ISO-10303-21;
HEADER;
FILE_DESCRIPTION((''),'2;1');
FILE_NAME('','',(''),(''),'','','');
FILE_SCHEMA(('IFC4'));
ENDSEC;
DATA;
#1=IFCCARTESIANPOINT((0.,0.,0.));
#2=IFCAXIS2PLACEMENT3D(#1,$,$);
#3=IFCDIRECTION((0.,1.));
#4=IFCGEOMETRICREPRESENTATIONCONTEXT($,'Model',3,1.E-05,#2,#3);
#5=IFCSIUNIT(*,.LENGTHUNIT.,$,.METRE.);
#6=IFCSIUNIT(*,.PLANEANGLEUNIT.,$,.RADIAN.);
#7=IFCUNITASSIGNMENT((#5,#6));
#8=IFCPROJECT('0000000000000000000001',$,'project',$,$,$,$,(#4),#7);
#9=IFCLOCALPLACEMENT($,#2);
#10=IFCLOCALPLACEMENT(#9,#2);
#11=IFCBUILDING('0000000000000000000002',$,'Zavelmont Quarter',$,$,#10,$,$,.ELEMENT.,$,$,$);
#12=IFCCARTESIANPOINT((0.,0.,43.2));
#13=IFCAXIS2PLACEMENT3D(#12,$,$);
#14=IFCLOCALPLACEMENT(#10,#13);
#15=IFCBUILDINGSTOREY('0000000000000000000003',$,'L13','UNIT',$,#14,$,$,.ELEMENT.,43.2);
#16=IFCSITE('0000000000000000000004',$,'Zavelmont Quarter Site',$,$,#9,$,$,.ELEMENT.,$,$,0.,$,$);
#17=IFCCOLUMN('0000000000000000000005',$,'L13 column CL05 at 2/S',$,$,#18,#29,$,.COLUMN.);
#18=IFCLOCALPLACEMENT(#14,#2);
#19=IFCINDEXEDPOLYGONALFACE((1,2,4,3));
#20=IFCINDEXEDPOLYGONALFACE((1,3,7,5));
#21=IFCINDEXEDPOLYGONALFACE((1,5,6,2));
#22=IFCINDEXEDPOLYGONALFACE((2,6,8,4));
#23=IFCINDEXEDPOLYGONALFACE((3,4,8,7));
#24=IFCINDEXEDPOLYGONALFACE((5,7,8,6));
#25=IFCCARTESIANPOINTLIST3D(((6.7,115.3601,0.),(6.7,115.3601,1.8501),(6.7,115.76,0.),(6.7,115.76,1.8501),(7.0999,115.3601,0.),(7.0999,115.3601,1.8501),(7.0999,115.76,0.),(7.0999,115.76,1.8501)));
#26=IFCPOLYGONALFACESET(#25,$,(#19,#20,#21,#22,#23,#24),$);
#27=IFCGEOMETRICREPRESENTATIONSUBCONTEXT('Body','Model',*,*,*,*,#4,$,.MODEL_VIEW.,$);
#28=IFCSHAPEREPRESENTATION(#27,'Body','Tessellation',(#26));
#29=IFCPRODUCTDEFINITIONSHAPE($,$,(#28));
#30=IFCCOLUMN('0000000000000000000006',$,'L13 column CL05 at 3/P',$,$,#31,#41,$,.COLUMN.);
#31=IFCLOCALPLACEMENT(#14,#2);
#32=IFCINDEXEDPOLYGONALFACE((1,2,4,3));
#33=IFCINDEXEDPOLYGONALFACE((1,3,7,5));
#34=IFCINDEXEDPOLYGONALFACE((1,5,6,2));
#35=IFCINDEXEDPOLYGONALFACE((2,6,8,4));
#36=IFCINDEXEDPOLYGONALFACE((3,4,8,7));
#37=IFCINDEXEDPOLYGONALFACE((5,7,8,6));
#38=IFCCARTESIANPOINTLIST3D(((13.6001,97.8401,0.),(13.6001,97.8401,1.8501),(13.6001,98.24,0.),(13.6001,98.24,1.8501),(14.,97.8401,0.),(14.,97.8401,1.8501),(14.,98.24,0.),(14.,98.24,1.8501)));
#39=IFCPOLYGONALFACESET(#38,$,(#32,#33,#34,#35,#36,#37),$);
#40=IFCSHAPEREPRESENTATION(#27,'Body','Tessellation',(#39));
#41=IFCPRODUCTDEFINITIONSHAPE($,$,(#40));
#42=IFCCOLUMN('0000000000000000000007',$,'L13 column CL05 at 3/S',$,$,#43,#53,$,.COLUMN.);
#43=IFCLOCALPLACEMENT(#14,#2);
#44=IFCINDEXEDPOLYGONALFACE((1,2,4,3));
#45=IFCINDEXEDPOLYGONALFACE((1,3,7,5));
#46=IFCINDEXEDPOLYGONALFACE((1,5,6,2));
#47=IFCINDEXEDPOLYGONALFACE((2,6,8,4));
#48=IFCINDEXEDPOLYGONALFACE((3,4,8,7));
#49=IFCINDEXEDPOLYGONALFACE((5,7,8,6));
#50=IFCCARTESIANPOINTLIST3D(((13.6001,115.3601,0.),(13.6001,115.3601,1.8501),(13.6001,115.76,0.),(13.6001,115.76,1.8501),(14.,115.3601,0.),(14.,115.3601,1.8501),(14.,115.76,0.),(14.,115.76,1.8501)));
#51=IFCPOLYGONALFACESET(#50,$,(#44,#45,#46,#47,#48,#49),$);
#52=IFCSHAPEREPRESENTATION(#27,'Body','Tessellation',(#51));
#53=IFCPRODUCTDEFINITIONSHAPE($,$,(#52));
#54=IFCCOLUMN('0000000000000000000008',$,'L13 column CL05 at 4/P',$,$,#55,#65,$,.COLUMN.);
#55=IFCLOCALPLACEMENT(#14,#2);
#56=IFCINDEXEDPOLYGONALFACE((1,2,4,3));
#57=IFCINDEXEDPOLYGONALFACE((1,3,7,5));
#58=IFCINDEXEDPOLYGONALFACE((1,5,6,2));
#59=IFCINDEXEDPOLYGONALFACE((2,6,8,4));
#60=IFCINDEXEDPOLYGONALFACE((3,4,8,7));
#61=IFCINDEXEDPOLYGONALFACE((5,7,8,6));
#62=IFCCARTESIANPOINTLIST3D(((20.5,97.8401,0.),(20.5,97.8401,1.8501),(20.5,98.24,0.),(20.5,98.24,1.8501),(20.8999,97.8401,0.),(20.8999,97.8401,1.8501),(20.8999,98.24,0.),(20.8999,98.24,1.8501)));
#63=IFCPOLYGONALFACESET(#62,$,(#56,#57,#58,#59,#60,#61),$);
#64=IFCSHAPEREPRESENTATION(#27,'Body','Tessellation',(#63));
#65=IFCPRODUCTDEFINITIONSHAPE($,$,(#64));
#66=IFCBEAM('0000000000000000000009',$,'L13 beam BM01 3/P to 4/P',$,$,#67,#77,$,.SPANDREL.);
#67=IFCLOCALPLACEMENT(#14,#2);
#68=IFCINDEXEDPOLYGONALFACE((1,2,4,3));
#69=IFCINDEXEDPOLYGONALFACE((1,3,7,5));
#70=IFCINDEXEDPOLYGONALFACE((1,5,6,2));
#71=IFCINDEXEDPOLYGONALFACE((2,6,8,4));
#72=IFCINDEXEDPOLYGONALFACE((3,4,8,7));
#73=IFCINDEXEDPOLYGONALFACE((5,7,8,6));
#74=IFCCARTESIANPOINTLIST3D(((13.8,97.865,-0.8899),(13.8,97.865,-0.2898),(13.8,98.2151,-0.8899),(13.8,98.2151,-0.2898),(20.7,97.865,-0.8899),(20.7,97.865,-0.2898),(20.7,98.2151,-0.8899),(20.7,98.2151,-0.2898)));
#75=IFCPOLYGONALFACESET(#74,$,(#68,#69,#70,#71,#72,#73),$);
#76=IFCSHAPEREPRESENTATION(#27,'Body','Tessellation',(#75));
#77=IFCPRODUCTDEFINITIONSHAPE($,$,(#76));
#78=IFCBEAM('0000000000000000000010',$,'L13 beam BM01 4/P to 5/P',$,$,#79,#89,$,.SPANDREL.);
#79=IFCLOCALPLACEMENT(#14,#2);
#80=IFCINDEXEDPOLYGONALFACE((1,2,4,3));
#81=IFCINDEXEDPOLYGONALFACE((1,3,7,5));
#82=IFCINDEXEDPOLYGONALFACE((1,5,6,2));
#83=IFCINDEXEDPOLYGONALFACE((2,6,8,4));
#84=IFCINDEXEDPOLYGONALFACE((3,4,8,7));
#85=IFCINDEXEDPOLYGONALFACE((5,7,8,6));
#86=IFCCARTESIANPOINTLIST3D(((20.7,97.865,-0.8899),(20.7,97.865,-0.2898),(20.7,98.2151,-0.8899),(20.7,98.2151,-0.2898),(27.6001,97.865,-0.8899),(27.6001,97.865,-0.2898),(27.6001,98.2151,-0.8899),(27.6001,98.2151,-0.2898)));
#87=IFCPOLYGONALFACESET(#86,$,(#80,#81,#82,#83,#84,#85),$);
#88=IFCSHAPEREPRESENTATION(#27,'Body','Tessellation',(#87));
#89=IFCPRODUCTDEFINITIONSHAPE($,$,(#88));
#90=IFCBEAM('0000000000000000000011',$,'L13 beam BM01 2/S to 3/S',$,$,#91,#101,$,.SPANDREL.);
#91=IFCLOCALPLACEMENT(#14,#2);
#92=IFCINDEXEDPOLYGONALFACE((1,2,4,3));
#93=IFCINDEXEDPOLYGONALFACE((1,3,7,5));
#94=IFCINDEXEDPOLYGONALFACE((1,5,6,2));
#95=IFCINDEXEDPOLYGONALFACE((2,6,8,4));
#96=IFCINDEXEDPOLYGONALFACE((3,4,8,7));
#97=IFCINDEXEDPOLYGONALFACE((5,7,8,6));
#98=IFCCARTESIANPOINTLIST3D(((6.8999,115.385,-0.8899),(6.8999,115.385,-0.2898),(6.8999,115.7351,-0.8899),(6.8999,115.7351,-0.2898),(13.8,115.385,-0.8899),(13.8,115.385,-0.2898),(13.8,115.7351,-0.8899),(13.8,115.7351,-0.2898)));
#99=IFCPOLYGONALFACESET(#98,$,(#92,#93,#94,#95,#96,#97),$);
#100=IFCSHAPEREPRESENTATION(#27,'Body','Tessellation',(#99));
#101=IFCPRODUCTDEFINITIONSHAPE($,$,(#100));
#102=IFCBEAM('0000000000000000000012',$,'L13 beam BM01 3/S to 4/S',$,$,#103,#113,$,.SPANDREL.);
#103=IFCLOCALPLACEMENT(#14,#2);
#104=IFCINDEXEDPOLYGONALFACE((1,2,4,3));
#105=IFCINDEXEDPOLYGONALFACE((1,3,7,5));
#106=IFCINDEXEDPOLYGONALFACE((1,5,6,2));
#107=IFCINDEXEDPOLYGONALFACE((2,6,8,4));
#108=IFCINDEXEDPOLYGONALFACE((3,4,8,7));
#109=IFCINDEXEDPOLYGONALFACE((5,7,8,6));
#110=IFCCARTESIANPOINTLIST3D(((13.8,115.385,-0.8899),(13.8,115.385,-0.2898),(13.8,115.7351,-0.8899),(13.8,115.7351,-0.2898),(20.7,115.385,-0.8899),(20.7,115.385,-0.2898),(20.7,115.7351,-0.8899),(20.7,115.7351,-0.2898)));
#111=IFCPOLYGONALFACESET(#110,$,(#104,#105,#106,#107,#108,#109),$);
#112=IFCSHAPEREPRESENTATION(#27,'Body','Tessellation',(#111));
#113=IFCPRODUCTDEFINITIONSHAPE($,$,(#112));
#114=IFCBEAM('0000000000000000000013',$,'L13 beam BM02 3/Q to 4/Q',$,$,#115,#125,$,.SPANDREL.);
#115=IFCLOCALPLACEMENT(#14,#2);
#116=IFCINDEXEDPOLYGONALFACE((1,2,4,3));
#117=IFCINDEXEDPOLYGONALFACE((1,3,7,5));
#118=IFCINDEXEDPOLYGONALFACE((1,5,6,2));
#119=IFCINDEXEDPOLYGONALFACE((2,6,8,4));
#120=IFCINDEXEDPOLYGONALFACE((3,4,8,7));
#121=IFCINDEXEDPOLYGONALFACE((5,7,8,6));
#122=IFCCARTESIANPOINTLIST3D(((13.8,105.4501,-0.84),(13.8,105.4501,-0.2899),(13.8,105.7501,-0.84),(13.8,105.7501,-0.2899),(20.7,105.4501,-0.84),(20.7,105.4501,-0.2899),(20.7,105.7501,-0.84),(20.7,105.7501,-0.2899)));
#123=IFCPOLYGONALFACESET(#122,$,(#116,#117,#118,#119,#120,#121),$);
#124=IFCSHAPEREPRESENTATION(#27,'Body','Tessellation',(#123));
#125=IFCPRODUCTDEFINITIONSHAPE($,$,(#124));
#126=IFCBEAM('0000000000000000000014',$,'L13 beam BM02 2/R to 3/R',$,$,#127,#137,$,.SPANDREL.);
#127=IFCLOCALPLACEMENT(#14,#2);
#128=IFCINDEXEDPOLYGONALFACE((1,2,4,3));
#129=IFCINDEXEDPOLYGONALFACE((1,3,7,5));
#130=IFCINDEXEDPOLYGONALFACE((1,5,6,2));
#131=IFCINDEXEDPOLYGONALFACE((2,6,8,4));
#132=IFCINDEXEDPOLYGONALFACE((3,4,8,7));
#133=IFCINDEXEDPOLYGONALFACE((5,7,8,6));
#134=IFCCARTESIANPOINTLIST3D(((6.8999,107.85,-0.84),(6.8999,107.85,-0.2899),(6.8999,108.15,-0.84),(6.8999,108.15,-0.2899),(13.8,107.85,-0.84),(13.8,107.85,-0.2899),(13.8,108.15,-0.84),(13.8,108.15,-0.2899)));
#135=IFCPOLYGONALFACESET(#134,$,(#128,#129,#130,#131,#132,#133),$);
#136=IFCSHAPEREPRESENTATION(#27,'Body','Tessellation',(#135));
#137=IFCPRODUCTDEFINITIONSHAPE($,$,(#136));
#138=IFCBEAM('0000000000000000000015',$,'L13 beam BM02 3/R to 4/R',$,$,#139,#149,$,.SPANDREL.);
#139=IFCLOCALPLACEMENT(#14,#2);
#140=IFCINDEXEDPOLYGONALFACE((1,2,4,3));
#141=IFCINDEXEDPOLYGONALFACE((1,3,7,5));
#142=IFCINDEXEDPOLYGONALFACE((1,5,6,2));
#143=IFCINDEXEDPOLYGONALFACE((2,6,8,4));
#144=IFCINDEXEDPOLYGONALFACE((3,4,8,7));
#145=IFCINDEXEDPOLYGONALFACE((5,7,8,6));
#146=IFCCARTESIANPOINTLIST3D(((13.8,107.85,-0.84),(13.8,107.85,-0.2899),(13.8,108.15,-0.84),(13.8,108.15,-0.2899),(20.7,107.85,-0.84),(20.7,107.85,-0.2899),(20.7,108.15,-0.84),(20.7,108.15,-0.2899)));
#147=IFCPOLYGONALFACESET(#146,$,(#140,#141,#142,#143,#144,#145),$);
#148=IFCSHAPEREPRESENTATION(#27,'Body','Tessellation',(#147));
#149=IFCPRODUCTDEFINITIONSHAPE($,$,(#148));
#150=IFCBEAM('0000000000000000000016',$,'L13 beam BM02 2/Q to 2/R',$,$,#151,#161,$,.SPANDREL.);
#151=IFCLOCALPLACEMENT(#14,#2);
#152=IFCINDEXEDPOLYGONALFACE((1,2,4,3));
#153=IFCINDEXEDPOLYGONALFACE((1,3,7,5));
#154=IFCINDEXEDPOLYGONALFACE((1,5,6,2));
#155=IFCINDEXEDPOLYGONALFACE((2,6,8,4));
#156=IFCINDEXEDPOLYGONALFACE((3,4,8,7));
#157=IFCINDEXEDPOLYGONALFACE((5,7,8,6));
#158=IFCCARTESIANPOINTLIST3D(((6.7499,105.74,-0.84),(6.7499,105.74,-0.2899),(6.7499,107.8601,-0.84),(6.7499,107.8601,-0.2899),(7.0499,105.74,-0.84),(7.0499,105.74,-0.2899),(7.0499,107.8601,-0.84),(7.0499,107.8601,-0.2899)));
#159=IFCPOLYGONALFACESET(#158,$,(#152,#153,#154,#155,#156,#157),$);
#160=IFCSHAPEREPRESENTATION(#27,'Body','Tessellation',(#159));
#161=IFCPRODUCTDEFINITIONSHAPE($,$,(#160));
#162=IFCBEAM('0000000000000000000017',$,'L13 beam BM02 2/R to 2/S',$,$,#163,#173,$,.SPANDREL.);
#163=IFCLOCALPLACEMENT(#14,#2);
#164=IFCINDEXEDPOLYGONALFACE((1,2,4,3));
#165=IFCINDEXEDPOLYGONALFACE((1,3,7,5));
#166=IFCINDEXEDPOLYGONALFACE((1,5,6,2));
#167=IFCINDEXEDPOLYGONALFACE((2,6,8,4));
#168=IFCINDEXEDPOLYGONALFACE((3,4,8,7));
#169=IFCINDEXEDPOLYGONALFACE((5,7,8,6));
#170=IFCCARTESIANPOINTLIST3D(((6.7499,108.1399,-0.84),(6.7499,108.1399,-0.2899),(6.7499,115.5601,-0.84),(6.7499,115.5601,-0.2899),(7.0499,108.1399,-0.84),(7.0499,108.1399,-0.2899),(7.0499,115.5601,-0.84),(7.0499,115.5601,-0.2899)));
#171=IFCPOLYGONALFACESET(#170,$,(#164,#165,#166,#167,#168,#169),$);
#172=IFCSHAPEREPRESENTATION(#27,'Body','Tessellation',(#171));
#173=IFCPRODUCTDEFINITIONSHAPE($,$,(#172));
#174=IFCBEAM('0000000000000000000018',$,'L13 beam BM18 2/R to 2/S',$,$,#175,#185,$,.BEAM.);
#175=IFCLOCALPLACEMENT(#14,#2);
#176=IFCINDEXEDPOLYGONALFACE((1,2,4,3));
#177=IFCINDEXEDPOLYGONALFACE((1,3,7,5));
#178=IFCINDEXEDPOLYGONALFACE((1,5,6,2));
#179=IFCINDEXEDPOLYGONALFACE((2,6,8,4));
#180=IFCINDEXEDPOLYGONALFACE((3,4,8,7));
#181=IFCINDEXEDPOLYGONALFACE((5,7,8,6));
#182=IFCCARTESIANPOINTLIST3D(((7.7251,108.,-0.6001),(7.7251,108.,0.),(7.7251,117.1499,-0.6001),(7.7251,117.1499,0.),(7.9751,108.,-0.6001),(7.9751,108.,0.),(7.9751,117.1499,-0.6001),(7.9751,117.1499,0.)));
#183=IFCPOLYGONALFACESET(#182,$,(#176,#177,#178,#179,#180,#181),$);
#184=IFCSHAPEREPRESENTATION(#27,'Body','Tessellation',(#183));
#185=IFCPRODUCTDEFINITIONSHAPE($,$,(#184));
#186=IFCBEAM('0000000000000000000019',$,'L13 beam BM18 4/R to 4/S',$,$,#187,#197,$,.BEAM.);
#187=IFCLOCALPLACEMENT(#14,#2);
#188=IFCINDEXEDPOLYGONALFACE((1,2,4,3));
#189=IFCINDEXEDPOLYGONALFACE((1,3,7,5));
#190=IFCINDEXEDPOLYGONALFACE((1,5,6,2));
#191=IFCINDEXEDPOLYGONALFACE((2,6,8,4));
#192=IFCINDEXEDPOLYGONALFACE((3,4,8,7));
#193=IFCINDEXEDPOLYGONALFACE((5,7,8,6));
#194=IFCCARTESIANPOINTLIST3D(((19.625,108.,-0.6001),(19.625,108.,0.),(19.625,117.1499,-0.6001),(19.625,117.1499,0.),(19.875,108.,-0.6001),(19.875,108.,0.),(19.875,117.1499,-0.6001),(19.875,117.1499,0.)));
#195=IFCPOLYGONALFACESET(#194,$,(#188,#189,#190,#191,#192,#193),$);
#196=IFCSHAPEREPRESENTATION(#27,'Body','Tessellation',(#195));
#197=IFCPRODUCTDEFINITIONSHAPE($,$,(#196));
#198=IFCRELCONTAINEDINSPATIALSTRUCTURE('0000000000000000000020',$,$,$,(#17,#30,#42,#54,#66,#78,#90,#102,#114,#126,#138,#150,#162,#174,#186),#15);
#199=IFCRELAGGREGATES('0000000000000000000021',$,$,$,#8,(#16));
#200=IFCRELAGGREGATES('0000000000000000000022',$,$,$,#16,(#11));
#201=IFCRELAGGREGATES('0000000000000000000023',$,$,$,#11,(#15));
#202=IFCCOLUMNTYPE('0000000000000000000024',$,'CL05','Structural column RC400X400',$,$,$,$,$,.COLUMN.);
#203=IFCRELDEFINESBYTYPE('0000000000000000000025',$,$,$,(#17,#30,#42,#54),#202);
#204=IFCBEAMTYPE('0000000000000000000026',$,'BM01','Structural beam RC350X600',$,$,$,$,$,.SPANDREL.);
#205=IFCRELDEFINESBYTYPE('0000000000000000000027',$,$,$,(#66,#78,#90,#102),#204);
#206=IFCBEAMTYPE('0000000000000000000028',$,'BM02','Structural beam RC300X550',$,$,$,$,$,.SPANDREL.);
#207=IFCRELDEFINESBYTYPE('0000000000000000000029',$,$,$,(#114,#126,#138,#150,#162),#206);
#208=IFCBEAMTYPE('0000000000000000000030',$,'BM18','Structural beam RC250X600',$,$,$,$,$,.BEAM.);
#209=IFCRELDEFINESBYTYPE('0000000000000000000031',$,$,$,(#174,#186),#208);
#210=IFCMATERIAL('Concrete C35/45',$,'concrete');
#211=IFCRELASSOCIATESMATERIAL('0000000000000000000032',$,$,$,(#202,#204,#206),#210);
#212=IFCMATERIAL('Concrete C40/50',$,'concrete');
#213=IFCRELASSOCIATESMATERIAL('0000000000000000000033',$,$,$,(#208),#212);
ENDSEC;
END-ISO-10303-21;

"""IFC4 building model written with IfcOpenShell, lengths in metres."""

from ifc_helpers import new_model, si_unit, direction, frame, origin, origin_2d, place, context, subcontext, project, spatial, rectangle, extrude, material, material_profile, profile_set, type_object, element, save


model = new_model("IFC4")

# Units and contexts
model_context = context("Model", 3, precision=1e-05, world=origin(), true_north=direction((0.0, 1.0)))
body_context = subcontext(model_context, "Body", "Model", "MODEL_VIEW")
ifc_project = project(units=[si_unit("LENGTHUNIT", "METRE"), si_unit("PLANEANGLEUNIT", "RADIAN")], contexts=[model_context])

# Site, building, storey
site_placement = place(None, origin())
site = spatial("IfcSite", under=ifc_project, at=site_placement, Name="Zavelmont Quarter Site", CompositionType="ELEMENT", RefElevation=0.0)
building_placement = place(site_placement, origin())
building = spatial("IfcBuilding", under=site, at=building_placement, Name="Zavelmont Quarter", CompositionType="ELEMENT")
storey_placement = place(building_placement, frame((0.0, 0.0, 43.2)))
storey = spatial("IfcBuildingStorey", under=building, at=storey_placement, Name="L13", Description="UNIT", CompositionType="ELEMENT", Elevation=43.2)

# Columns
ifc_material_1 = material(Name="Concrete C35/45", Category="concrete")
ifc_material_profile_1 = material_profile(ifc_material_1, rectangle(XDim=0.3999, YDim=0.3999, at=origin_2d()), Name="RC400X400")
ifc_profile_set_1 = profile_set([ifc_material_profile_1], Name="Concrete C35/45")
column_type = type_object("IfcColumnType", Name="CL05", Description="Structural column RC400X400", PredefinedType="COLUMN", material=ifc_profile_set_1)
for number, where, z_axis, x_axis, name in (
    (1, (6.8999, 115.5601, 0.0), (0.0, 0.0, 1.0), (1.0, 0.0, 0.0), "L13 column CL05 at 2/S"),
    (2, (13.8, 98.04, 0.0), (0.0, 0.0, 1.0), (1.0, 0.0, 0.0), "L13 column CL05 at 3/P"),
    (3, (13.8, 115.5601, 0.0), (0.0, 0.0, 1.0), (1.0, 0.0, 0.0), "L13 column CL05 at 3/S"),
    (4, (20.7, 98.04, 0.0), (0.0, 0.0, 1.0), (1.0, 0.0, 0.0), "L13 column CL05 at 4/P"),
):
    element("IfcColumn", number, at=place(storey_placement, frame(where, z_axis=z_axis, x_axis=x_axis)), inside=storey, type_object=column_type, Name=name, PredefinedType="COLUMN", context=body_context, shape_type="SweptSolid", body=[
        extrude(rectangle(XDim=0.3999, YDim=0.3999, at=origin_2d()), origin(), (0.0, 0.0, 1.0), 1.8501),
    ])

# Beams
ifc_material_profile_2 = material_profile(ifc_material_1, rectangle(XDim=0.3501, YDim=0.6001, at=origin_2d()), Name="RC350X600")
ifc_profile_set_2 = profile_set([ifc_material_profile_2], Name="Concrete C35/45")
beam_type_1 = type_object("IfcBeamType", Name="BM01", Description="Structural beam RC350X600", PredefinedType="SPANDREL", material=ifc_profile_set_2)
beam_1_placement = place(storey_placement, frame((13.8, 98.04, -0.5898), z_axis=(1.0, 0.0, 0.0), x_axis=(0.0, 1.0, 0.0)))
element("IfcBeam", 5, at=beam_1_placement, inside=storey, type_object=beam_type_1, Name="L13 beam BM01 3/P to 4/P", PredefinedType="SPANDREL", context=body_context, shape_type="SweptSolid", body=[
    extrude(rectangle(XDim=0.3501, YDim=0.6001, at=origin_2d()), origin(), (0.0, 0.0, 1.0), 6.8999),
])
for number, where, z_axis, x_axis, name in (
    (6, (20.7, 98.04, -0.5898), (1.0, 0.0, 0.0), (0.0, 1.0, 0.0), "L13 beam BM01 4/P to 5/P"),
    (7, (6.8999, 115.5601, -0.5898), (1.0, 0.0, 0.0), (0.0, 1.0, 0.0), "L13 beam BM01 2/S to 3/S"),
):
    element("IfcBeam", number, at=place(storey_placement, frame(where, z_axis=z_axis, x_axis=x_axis)), inside=storey, type_object=beam_type_1, Name=name, PredefinedType="SPANDREL", context=body_context, shape_type="SweptSolid", body=[
        extrude(rectangle(XDim=0.3501, YDim=0.6001, at=origin_2d()), origin(), (0.0, 0.0, 1.0), 6.9001),
    ])
beam_2_placement = place(storey_placement, frame((13.8, 115.5601, -0.5898), z_axis=(1.0, 0.0, 0.0), x_axis=(0.0, 1.0, 0.0)))
element("IfcBeam", 8, at=beam_2_placement, inside=storey, type_object=beam_type_1, Name="L13 beam BM01 3/S to 4/S", PredefinedType="SPANDREL", context=body_context, shape_type="SweptSolid", body=[
    extrude(rectangle(XDim=0.3501, YDim=0.6001, at=origin_2d()), origin(), (0.0, 0.0, 1.0), 6.8999),
])
ifc_material_profile_3 = material_profile(ifc_material_1, rectangle(XDim=0.3, YDim=0.55, at=origin_2d()), Name="RC300X550")
ifc_profile_set_3 = profile_set([ifc_material_profile_3], Name="Concrete C35/45")
beam_type_2 = type_object("IfcBeamType", Name="BM02", Description="Structural beam RC300X550", PredefinedType="SPANDREL", material=ifc_profile_set_3)
beam_3_placement = place(storey_placement, frame((13.8, 105.6001, -0.5649), z_axis=(1.0, 0.0, 0.0), x_axis=(0.0, 1.0, 0.0)))
element("IfcBeam", 9, at=beam_3_placement, inside=storey, type_object=beam_type_2, Name="L13 beam BM02 3/Q to 4/Q", PredefinedType="SPANDREL", context=body_context, shape_type="SweptSolid", body=[
    extrude(rectangle(XDim=0.3, YDim=0.55, at=origin_2d()), origin(), (0.0, 0.0, 1.0), 6.8999),
])
beam_4_placement = place(storey_placement, frame((6.8999, 108.0, -0.5649), z_axis=(1.0, 0.0, 0.0), x_axis=(0.0, 1.0, 0.0)))
element("IfcBeam", 10, at=beam_4_placement, inside=storey, type_object=beam_type_2, Name="L13 beam BM02 2/R to 3/R", PredefinedType="SPANDREL", context=body_context, shape_type="SweptSolid", body=[
    extrude(rectangle(XDim=0.3, YDim=0.55, at=origin_2d()), origin(), (0.0, 0.0, 1.0), 6.9001),
])
beam_5_placement = place(storey_placement, frame((13.8, 108.0, -0.5649), z_axis=(1.0, 0.0, 0.0), x_axis=(0.0, 1.0, 0.0)))
element("IfcBeam", 11, at=beam_5_placement, inside=storey, type_object=beam_type_2, Name="L13 beam BM02 3/R to 4/R", PredefinedType="SPANDREL", context=body_context, shape_type="SweptSolid", body=[
    extrude(rectangle(XDim=0.3, YDim=0.55, at=origin_2d()), origin(), (0.0, 0.0, 1.0), 6.8999),
])
beam_6_placement = place(storey_placement, frame((6.8999, 105.74, -0.5649), z_axis=(0.0, 1.0, 0.0), x_axis=(-1.0, 0.0, 0.0)))
element("IfcBeam", 12, at=beam_6_placement, inside=storey, type_object=beam_type_2, Name="L13 beam BM02 2/Q to 2/R", PredefinedType="SPANDREL", context=body_context, shape_type="SweptSolid", body=[
    extrude(rectangle(XDim=0.3, YDim=0.55, at=origin_2d()), origin(), (0.0, 0.0, 1.0), 2.1201),
])
beam_7_placement = place(storey_placement, frame((6.8999, 108.1399, -0.5649), z_axis=(0.0, 1.0, 0.0), x_axis=(-1.0, 0.0, 0.0)))
element("IfcBeam", 13, at=beam_7_placement, inside=storey, type_object=beam_type_2, Name="L13 beam BM02 2/R to 2/S", PredefinedType="SPANDREL", context=body_context, shape_type="SweptSolid", body=[
    extrude(rectangle(XDim=0.3, YDim=0.55, at=origin_2d()), origin(), (0.0, 0.0, 1.0), 7.4202),
])
ifc_material_2 = material(Name="Concrete C40/50", Category="concrete")
ifc_material_profile_4 = material_profile(ifc_material_2, rectangle(XDim=0.25, YDim=0.6001, at=origin_2d()), Name="RC250X600")
ifc_profile_set_4 = profile_set([ifc_material_profile_4], Name="Concrete C40/50")
beam_type_3 = type_object("IfcBeamType", Name="BM18", Description="Structural beam RC250X600", PredefinedType="BEAM", material=ifc_profile_set_4)
for number, where, z_axis, x_axis, name in (
    (14, (7.8501, 108.0, -0.3), (0.0, 1.0, 0.0), (-1.0, 0.0, 0.0), "L13 beam BM18 2/R to 2/S"),
    (15, (19.75, 108.0, -0.3), (0.0, 1.0, 0.0), (-1.0, 0.0, 0.0), "L13 beam BM18 4/R to 4/S"),
):
    element("IfcBeam", number, at=place(storey_placement, frame(where, z_axis=z_axis, x_axis=x_axis)), inside=storey, type_object=beam_type_3, Name=name, PredefinedType="BEAM", context=body_context, shape_type="SweptSolid", body=[
        extrude(rectangle(XDim=0.25, YDim=0.6001, at=origin_2d()), origin(), (0.0, 0.0, 1.0), 9.1499),
    ])

save(model, "model.ifc")
